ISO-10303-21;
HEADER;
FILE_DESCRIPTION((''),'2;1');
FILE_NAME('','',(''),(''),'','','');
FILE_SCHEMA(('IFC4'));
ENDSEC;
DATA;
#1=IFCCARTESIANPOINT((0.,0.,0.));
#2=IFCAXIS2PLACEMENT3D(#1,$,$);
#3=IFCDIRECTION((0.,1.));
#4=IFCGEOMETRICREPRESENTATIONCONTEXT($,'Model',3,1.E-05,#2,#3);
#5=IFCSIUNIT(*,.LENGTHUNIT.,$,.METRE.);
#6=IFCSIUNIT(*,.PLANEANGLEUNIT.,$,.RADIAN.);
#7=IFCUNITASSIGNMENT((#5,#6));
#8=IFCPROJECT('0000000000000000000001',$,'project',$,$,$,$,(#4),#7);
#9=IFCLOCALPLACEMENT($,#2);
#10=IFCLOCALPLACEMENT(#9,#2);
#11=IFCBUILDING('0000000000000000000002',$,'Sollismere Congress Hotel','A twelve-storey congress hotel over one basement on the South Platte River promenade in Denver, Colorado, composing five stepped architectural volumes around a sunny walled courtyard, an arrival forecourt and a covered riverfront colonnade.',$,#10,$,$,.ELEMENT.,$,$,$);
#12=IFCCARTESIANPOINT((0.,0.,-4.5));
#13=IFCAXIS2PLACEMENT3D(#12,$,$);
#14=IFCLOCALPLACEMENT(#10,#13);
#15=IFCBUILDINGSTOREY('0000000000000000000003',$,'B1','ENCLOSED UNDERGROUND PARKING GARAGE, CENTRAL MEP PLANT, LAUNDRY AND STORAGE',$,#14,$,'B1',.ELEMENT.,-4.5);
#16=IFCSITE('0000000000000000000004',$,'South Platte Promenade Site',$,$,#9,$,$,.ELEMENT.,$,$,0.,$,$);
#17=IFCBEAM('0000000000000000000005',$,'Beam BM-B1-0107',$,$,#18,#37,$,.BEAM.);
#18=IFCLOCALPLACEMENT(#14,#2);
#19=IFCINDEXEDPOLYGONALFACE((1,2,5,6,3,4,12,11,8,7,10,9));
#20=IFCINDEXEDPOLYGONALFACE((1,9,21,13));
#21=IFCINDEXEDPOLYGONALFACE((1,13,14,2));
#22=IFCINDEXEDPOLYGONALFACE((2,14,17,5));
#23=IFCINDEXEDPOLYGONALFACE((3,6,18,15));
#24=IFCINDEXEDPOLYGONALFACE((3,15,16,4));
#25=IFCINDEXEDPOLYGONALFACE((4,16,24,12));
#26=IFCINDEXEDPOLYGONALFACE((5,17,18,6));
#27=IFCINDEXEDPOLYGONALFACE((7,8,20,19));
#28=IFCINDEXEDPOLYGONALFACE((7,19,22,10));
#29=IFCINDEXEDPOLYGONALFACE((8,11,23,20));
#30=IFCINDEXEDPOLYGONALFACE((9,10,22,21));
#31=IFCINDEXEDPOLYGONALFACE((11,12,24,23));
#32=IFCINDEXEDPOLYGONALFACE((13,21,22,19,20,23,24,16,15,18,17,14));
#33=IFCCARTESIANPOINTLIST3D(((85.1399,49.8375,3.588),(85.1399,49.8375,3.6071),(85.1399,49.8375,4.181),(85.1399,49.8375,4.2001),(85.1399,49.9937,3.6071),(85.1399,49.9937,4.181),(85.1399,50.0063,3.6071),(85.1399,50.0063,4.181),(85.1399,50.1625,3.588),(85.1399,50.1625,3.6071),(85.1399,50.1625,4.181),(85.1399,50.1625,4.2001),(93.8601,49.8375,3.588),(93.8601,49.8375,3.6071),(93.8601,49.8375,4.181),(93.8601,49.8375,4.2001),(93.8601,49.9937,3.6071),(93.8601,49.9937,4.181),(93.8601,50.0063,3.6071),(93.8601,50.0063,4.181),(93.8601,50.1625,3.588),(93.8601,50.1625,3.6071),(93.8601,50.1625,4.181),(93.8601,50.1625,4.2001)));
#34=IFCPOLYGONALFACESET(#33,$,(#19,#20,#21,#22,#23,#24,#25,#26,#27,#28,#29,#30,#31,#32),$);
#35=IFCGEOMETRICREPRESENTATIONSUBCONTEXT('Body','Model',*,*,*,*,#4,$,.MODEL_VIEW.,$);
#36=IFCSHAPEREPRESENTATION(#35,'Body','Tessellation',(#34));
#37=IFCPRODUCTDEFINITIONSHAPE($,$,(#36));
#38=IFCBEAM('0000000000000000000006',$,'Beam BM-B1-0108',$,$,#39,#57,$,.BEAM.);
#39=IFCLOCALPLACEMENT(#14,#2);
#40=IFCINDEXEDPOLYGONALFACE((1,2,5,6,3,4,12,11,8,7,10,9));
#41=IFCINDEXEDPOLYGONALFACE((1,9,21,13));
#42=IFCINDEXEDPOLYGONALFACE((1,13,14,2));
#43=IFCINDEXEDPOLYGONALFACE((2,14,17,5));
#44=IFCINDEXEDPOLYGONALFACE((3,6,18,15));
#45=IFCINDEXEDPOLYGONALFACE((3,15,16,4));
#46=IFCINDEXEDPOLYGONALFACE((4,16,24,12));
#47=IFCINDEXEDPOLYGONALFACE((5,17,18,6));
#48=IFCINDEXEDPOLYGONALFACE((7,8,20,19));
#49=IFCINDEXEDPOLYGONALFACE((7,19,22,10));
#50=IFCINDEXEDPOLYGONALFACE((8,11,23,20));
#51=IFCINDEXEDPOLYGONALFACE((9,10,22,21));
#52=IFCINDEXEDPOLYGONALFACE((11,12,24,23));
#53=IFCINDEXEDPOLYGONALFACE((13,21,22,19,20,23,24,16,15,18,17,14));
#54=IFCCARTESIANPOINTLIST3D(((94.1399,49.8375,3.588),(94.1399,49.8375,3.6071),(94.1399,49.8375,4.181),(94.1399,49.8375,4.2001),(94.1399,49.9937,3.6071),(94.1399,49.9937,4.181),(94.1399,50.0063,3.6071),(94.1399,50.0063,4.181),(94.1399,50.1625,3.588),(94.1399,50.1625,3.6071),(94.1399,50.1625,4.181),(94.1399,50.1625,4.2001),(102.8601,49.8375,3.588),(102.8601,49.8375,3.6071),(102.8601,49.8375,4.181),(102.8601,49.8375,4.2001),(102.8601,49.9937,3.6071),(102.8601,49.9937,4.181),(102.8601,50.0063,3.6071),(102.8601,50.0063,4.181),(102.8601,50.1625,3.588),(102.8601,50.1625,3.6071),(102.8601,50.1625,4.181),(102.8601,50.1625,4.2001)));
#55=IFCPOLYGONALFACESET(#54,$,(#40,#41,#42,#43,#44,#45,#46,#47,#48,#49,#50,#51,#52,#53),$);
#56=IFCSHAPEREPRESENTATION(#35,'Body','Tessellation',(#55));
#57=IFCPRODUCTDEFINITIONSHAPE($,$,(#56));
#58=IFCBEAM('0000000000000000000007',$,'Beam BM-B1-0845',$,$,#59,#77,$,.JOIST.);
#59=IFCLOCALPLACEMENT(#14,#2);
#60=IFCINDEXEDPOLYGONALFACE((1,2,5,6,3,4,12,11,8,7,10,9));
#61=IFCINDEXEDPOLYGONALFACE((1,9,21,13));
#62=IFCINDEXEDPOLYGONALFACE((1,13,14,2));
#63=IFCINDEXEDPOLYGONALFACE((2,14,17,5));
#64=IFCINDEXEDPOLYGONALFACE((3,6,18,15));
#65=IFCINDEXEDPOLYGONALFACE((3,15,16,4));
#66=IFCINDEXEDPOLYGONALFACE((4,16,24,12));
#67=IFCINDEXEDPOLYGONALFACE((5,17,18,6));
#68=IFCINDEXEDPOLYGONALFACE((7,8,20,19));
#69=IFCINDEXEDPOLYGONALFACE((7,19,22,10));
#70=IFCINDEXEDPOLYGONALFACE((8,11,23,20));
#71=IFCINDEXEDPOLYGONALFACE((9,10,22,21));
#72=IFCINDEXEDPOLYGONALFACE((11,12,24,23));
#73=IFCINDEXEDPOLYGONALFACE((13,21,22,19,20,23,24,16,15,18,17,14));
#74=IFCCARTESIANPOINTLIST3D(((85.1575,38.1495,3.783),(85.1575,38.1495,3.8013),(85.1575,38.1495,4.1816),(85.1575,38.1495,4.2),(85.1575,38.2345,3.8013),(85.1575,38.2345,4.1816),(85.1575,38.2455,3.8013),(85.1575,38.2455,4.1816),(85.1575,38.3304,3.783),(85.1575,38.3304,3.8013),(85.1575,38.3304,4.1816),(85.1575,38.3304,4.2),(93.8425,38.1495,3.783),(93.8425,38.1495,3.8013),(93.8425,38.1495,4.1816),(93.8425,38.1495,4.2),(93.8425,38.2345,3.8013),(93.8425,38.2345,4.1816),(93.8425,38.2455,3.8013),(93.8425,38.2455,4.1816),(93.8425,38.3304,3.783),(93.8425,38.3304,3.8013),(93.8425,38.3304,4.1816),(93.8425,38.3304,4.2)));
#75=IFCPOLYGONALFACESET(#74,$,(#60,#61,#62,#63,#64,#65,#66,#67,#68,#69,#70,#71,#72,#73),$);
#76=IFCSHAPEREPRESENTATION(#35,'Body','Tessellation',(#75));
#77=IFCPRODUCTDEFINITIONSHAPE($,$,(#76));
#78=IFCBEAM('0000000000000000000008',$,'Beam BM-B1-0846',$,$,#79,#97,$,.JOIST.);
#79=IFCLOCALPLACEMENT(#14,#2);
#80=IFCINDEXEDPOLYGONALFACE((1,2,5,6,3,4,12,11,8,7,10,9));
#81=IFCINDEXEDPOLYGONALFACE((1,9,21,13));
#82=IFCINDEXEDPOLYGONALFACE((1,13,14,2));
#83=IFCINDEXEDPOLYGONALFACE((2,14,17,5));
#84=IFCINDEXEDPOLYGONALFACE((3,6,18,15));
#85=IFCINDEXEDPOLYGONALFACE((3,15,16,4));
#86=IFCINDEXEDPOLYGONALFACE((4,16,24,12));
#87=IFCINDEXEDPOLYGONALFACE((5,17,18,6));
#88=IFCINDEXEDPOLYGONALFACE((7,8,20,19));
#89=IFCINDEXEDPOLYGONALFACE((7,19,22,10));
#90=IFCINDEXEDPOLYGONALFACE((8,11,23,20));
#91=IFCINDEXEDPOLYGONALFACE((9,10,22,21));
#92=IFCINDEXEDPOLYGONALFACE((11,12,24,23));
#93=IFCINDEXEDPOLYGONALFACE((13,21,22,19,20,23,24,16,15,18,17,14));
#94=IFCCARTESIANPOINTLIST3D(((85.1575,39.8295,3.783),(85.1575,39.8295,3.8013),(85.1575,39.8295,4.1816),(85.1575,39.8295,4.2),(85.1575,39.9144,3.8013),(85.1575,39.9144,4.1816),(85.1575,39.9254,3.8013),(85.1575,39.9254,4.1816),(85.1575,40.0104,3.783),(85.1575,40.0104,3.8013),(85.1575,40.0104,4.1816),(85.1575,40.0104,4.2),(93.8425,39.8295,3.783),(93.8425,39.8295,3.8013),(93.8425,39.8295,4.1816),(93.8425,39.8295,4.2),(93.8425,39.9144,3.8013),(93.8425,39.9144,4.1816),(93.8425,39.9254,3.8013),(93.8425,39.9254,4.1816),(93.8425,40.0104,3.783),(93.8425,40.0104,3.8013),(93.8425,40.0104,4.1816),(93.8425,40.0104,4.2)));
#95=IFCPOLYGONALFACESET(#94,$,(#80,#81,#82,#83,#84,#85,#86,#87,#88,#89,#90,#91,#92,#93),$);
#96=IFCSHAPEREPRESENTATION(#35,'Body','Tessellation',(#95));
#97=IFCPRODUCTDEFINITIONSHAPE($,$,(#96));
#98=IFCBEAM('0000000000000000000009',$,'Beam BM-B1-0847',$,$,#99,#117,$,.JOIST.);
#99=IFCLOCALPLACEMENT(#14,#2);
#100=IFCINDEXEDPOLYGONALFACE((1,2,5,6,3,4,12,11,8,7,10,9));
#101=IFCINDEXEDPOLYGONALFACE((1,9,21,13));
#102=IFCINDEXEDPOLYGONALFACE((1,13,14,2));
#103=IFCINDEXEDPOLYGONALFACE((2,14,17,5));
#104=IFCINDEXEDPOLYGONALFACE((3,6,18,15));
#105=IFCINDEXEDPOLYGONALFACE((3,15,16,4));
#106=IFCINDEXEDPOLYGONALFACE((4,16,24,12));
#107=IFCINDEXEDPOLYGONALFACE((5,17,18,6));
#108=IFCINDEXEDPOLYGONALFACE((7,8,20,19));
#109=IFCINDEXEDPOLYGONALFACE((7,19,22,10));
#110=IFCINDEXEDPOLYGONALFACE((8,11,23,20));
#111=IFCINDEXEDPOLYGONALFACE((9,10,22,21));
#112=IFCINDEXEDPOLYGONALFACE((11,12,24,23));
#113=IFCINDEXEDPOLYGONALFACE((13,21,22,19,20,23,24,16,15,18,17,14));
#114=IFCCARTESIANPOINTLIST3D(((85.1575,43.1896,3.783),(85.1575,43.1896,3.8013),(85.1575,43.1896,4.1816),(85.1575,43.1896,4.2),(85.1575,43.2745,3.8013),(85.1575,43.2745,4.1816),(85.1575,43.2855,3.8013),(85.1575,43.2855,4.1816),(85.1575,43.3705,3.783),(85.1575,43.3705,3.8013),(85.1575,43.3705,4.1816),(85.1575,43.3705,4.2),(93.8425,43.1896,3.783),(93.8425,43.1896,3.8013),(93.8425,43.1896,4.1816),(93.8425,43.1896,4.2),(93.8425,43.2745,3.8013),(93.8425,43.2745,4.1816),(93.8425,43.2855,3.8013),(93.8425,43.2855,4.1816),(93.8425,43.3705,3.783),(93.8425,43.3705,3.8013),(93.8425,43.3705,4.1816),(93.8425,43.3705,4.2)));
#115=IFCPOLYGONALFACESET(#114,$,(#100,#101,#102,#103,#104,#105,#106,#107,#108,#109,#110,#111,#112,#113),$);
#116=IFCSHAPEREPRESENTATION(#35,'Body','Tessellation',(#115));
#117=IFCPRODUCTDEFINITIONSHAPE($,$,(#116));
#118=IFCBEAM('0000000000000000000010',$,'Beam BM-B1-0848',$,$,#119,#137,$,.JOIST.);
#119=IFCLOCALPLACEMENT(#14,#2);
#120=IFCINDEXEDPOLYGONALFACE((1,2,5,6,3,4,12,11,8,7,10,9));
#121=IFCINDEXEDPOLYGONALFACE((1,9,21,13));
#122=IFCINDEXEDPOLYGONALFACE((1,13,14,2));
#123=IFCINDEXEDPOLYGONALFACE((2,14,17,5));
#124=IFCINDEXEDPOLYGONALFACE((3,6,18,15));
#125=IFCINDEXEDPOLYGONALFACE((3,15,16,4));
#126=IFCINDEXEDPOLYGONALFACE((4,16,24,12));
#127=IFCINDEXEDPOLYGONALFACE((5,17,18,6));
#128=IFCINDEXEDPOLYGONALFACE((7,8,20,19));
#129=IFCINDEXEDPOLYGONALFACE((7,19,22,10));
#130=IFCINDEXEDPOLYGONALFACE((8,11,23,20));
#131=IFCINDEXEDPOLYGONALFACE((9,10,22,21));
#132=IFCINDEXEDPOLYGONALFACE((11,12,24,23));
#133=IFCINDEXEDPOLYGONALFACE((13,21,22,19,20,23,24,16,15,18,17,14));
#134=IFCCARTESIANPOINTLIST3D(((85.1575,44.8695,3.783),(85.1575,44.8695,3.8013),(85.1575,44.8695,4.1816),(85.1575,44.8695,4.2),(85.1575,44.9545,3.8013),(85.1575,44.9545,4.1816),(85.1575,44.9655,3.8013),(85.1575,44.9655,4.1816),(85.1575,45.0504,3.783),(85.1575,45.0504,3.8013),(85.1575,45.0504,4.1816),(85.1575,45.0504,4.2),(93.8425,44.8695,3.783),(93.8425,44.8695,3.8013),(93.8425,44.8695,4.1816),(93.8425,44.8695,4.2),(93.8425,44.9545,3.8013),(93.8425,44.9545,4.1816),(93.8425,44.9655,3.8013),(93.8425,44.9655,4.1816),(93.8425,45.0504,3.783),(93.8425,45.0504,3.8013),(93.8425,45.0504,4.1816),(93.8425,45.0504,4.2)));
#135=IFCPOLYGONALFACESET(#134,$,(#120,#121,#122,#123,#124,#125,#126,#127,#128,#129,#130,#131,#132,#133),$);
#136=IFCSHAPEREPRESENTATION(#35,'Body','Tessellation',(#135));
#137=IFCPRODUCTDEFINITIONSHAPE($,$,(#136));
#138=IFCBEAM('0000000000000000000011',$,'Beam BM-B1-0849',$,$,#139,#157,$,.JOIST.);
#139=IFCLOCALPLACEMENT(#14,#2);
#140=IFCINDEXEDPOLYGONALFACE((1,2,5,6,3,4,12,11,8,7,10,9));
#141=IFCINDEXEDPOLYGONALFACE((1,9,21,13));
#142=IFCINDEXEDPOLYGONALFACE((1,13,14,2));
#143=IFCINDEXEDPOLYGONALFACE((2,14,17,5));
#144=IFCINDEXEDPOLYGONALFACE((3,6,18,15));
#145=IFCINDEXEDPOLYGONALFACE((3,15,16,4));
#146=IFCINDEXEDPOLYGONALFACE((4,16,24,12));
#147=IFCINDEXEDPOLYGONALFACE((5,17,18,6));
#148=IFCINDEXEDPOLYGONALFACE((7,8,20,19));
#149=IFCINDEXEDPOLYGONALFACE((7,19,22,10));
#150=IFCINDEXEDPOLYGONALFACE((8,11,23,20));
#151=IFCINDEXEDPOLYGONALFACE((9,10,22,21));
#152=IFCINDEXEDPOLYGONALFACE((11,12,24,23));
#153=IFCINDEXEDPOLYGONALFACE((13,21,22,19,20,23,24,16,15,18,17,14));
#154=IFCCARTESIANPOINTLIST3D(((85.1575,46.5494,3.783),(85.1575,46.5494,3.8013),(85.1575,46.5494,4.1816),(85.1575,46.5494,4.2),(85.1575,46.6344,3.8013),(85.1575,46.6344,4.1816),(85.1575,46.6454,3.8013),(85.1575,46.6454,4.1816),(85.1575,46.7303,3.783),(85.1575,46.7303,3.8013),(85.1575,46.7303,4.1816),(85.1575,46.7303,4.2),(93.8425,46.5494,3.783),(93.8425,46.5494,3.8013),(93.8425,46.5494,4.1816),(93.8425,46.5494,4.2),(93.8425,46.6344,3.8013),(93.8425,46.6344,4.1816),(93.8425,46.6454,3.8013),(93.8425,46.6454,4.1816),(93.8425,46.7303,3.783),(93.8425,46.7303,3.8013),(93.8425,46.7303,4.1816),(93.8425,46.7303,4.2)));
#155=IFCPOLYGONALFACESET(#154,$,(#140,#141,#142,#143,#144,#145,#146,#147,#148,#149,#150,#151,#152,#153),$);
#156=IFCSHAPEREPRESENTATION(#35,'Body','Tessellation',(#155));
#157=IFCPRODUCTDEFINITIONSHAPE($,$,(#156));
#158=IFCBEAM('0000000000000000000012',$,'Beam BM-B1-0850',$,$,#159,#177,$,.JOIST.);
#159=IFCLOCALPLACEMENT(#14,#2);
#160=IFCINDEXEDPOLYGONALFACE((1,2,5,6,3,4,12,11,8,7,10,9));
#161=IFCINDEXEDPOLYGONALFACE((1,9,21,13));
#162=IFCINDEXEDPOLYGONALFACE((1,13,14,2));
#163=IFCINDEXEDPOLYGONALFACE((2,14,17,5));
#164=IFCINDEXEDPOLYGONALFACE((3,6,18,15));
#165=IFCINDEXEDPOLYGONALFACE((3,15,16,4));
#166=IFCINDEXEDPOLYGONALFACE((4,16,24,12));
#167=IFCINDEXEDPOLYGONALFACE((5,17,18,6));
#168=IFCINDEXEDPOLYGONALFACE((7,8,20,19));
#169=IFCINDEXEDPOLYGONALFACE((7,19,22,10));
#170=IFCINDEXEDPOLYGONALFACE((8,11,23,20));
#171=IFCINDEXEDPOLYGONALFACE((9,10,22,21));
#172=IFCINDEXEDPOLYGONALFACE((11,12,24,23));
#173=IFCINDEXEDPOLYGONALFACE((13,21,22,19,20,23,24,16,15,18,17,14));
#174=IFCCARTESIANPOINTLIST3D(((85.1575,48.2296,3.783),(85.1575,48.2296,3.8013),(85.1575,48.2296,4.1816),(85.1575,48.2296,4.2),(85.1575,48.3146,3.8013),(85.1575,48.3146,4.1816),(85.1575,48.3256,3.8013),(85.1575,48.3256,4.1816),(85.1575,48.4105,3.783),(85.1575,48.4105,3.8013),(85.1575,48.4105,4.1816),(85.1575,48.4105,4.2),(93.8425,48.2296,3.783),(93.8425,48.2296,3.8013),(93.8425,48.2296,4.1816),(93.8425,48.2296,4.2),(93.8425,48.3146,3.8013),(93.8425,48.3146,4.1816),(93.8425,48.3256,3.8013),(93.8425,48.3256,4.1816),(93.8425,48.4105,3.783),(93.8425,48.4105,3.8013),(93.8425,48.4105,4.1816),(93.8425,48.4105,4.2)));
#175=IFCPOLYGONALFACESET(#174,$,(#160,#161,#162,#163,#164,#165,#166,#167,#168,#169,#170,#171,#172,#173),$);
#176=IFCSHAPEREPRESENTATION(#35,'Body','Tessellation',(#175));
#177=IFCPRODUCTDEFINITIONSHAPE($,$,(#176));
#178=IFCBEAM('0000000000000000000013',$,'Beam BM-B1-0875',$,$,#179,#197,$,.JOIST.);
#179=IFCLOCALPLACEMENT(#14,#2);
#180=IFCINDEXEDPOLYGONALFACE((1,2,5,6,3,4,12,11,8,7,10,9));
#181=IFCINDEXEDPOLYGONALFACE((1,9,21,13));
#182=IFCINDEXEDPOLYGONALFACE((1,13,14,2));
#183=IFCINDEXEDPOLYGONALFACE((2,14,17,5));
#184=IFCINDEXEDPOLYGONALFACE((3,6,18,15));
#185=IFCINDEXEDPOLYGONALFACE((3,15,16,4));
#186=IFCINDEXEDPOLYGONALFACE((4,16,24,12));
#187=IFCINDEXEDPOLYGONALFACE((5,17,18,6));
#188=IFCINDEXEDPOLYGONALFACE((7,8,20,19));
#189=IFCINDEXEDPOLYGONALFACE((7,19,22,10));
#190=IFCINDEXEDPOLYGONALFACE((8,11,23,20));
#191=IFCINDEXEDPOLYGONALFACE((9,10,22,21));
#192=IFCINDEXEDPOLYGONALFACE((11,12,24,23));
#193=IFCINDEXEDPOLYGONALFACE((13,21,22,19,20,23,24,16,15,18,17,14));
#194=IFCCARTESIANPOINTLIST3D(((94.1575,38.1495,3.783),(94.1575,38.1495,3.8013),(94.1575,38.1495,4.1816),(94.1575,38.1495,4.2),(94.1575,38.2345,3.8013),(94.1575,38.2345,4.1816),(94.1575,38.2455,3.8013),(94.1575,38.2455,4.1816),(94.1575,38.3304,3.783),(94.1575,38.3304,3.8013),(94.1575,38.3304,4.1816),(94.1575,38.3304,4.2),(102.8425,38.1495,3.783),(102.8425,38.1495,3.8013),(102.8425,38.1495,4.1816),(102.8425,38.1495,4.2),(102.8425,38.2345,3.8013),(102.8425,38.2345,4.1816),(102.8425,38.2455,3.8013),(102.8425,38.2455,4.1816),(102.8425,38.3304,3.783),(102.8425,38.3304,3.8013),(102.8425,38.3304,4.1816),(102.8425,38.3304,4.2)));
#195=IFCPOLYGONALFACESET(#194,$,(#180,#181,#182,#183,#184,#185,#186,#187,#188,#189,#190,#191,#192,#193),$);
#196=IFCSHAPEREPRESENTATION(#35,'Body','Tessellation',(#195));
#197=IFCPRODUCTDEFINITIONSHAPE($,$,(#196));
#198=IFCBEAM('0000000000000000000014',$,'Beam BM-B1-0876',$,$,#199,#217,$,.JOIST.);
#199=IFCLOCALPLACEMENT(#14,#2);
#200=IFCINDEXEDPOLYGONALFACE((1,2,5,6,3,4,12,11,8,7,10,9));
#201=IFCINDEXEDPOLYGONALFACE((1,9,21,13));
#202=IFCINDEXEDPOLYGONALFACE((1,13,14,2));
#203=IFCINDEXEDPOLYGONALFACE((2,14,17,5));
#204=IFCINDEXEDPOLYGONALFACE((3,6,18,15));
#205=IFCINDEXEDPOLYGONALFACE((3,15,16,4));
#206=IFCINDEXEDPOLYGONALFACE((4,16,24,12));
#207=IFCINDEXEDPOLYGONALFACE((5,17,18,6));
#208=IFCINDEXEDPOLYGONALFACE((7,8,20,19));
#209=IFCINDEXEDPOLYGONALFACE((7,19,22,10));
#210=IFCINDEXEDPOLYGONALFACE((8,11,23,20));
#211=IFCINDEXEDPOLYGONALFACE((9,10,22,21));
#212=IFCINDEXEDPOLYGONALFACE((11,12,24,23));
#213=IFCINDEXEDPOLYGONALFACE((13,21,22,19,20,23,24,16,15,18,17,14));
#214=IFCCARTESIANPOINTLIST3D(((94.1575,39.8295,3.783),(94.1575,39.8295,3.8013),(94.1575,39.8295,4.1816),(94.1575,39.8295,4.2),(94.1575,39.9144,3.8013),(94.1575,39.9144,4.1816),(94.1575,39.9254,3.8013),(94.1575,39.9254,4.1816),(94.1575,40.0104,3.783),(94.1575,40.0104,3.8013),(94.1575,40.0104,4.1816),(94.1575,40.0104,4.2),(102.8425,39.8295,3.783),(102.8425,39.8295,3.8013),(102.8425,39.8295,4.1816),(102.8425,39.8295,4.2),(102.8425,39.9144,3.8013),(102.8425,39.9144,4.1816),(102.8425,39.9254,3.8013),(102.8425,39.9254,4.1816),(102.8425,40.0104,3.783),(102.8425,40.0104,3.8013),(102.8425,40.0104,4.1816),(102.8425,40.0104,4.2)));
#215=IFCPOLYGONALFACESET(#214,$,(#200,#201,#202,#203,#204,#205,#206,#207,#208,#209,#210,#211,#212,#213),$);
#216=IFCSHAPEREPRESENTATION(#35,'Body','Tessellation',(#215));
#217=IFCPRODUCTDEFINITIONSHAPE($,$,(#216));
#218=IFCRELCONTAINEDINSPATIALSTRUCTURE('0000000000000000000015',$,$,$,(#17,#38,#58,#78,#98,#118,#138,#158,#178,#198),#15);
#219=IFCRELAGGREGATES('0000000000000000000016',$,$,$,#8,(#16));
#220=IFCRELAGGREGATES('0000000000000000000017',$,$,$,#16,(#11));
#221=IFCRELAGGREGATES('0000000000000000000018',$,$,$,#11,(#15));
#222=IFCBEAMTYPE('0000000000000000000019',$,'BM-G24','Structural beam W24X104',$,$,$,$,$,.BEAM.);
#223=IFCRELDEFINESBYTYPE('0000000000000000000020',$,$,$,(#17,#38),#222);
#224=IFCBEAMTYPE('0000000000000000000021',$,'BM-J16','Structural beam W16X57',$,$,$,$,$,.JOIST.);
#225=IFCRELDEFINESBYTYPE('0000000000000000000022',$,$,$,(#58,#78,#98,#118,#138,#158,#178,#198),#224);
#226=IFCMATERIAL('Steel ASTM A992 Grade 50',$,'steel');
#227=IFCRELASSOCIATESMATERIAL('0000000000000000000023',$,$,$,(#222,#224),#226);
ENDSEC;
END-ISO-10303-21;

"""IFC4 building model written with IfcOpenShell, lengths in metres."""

from ifc_helpers import new_model, si_unit, direction, frame, origin, origin_2d, place, context, subcontext, project, spatial, i_section, extrude, material, material_profile, profile_set, type_object, element, save


model = new_model("IFC4")

# Units and contexts
model_context = context("Model", 3, precision=1e-05, world=origin(), true_north=direction((0.0, 1.0)))
body_context = subcontext(model_context, "Body", "Model", "MODEL_VIEW")
ifc_project = project(units=[si_unit("LENGTHUNIT", "METRE"), si_unit("PLANEANGLEUNIT", "RADIAN")], contexts=[model_context])

# Site, building, storey
site_placement = place(None, origin())
site = spatial("IfcSite", under=ifc_project, at=site_placement, Name="South Platte Promenade Site", CompositionType="ELEMENT", RefElevation=0.0)
building_placement = place(site_placement, origin())
building = spatial("IfcBuilding", under=site, at=building_placement, Name="Sollismere Congress Hotel", Description="A twelve-storey congress hotel over one basement on the South Platte River promenade in Denver, Colorado, composing five stepped architectural volumes around a sunny walled courtyard, an arrival forecourt and a covered riverfront colonnade.", CompositionType="ELEMENT")
storey_placement = place(building_placement, frame((0.0, 0.0, -4.5)))
storey = spatial("IfcBuildingStorey", under=building, at=storey_placement, Name="B1", Description="ENCLOSED UNDERGROUND PARKING GARAGE, CENTRAL MEP PLANT, LAUNDRY AND STORAGE", LongName="B1", CompositionType="ELEMENT", Elevation=-4.5)

# Beams
ifc_material_1 = material(Name="Steel ASTM A992 Grade 50", Category="steel")
ifc_material_profile_1 = material_profile(ifc_material_1, i_section(OverallWidth=0.325, OverallDepth=0.6121, WebThickness=0.0127, FlangeThickness=0.019, at=origin_2d()), Name="W24X104")
ifc_profile_set_1 = profile_set([ifc_material_profile_1], Name="Steel ASTM A992 Grade 50")
beam_type_1 = type_object("IfcBeamType", Name="BM-G24", Description="Structural beam W24X104", PredefinedType="BEAM", material=ifc_profile_set_1)
for number, where, z_axis, x_axis, name in (
    (1, (85.1399, 50.0, 3.894), (1.0, 0.0, 0.0), (0.0, 1.0, 0.0), "Beam BM-B1-0107"),
    (2, (94.1399, 50.0, 3.894), (1.0, 0.0, 0.0), (0.0, 1.0, 0.0), "Beam BM-B1-0108"),
):
    element("IfcBeam", number, at=place(storey_placement, frame(where, z_axis=z_axis, x_axis=x_axis)), inside=storey, type_object=beam_type_1, Name=name, PredefinedType="BEAM", context=body_context, shape_type="SweptSolid", body=[
        extrude(i_section(OverallWidth=0.325, OverallDepth=0.6121, WebThickness=0.0127, FlangeThickness=0.019, at=origin_2d()), origin(), (0.0, 0.0, 1.0), 8.7202),
    ])
ifc_material_profile_2 = material_profile(ifc_material_1, i_section(OverallWidth=0.1809, OverallDepth=0.417, WebThickness=0.011, FlangeThickness=0.0183, at=origin_2d()), Name="W16X57")
ifc_profile_set_2 = profile_set([ifc_material_profile_2], Name="Steel ASTM A992 Grade 50")
beam_type_2 = type_object("IfcBeamType", Name="BM-J16", Description="Structural beam W16X57", PredefinedType="JOIST", material=ifc_profile_set_2)
for number, where, z_axis, x_axis, name in (
    (3, (85.1575, 38.24, 3.9915), (1.0, 0.0, 0.0), (0.0, 1.0, 0.0), "Beam BM-B1-0845"),
    (4, (85.1575, 39.9199, 3.9915), (1.0, 0.0, 0.0), (0.0, 1.0, 0.0), "Beam BM-B1-0846"),
    (5, (85.1575, 43.28, 3.9915), (1.0, 0.0, 0.0), (0.0, 1.0, 0.0), "Beam BM-B1-0847"),
    (6, (85.1575, 44.96, 3.9915), (1.0, 0.0, 0.0), (0.0, 1.0, 0.0), "Beam BM-B1-0848"),
    (7, (85.1575, 46.6399, 3.9915), (1.0, 0.0, 0.0), (0.0, 1.0, 0.0), "Beam BM-B1-0849"),
    (8, (85.1575, 48.3201, 3.9915), (1.0, 0.0, 0.0), (0.0, 1.0, 0.0), "Beam BM-B1-0850"),
    (9, (94.1575, 38.24, 3.9915), (1.0, 0.0, 0.0), (0.0, 1.0, 0.0), "Beam BM-B1-0875"),
    (10, (94.1575, 39.9199, 3.9915), (1.0, 0.0, 0.0), (0.0, 1.0, 0.0), "Beam BM-B1-0876"),
):
    element("IfcBeam", number, at=place(storey_placement, frame(where, z_axis=z_axis, x_axis=x_axis)), inside=storey, type_object=beam_type_2, Name=name, PredefinedType="JOIST", context=body_context, shape_type="SweptSolid", body=[
        extrude(i_section(OverallWidth=0.1809, OverallDepth=0.417, WebThickness=0.011, FlangeThickness=0.0183, at=origin_2d()), origin(), (0.0, 0.0, 1.0), 8.6851),
    ])

save(model, "model.ifc")
